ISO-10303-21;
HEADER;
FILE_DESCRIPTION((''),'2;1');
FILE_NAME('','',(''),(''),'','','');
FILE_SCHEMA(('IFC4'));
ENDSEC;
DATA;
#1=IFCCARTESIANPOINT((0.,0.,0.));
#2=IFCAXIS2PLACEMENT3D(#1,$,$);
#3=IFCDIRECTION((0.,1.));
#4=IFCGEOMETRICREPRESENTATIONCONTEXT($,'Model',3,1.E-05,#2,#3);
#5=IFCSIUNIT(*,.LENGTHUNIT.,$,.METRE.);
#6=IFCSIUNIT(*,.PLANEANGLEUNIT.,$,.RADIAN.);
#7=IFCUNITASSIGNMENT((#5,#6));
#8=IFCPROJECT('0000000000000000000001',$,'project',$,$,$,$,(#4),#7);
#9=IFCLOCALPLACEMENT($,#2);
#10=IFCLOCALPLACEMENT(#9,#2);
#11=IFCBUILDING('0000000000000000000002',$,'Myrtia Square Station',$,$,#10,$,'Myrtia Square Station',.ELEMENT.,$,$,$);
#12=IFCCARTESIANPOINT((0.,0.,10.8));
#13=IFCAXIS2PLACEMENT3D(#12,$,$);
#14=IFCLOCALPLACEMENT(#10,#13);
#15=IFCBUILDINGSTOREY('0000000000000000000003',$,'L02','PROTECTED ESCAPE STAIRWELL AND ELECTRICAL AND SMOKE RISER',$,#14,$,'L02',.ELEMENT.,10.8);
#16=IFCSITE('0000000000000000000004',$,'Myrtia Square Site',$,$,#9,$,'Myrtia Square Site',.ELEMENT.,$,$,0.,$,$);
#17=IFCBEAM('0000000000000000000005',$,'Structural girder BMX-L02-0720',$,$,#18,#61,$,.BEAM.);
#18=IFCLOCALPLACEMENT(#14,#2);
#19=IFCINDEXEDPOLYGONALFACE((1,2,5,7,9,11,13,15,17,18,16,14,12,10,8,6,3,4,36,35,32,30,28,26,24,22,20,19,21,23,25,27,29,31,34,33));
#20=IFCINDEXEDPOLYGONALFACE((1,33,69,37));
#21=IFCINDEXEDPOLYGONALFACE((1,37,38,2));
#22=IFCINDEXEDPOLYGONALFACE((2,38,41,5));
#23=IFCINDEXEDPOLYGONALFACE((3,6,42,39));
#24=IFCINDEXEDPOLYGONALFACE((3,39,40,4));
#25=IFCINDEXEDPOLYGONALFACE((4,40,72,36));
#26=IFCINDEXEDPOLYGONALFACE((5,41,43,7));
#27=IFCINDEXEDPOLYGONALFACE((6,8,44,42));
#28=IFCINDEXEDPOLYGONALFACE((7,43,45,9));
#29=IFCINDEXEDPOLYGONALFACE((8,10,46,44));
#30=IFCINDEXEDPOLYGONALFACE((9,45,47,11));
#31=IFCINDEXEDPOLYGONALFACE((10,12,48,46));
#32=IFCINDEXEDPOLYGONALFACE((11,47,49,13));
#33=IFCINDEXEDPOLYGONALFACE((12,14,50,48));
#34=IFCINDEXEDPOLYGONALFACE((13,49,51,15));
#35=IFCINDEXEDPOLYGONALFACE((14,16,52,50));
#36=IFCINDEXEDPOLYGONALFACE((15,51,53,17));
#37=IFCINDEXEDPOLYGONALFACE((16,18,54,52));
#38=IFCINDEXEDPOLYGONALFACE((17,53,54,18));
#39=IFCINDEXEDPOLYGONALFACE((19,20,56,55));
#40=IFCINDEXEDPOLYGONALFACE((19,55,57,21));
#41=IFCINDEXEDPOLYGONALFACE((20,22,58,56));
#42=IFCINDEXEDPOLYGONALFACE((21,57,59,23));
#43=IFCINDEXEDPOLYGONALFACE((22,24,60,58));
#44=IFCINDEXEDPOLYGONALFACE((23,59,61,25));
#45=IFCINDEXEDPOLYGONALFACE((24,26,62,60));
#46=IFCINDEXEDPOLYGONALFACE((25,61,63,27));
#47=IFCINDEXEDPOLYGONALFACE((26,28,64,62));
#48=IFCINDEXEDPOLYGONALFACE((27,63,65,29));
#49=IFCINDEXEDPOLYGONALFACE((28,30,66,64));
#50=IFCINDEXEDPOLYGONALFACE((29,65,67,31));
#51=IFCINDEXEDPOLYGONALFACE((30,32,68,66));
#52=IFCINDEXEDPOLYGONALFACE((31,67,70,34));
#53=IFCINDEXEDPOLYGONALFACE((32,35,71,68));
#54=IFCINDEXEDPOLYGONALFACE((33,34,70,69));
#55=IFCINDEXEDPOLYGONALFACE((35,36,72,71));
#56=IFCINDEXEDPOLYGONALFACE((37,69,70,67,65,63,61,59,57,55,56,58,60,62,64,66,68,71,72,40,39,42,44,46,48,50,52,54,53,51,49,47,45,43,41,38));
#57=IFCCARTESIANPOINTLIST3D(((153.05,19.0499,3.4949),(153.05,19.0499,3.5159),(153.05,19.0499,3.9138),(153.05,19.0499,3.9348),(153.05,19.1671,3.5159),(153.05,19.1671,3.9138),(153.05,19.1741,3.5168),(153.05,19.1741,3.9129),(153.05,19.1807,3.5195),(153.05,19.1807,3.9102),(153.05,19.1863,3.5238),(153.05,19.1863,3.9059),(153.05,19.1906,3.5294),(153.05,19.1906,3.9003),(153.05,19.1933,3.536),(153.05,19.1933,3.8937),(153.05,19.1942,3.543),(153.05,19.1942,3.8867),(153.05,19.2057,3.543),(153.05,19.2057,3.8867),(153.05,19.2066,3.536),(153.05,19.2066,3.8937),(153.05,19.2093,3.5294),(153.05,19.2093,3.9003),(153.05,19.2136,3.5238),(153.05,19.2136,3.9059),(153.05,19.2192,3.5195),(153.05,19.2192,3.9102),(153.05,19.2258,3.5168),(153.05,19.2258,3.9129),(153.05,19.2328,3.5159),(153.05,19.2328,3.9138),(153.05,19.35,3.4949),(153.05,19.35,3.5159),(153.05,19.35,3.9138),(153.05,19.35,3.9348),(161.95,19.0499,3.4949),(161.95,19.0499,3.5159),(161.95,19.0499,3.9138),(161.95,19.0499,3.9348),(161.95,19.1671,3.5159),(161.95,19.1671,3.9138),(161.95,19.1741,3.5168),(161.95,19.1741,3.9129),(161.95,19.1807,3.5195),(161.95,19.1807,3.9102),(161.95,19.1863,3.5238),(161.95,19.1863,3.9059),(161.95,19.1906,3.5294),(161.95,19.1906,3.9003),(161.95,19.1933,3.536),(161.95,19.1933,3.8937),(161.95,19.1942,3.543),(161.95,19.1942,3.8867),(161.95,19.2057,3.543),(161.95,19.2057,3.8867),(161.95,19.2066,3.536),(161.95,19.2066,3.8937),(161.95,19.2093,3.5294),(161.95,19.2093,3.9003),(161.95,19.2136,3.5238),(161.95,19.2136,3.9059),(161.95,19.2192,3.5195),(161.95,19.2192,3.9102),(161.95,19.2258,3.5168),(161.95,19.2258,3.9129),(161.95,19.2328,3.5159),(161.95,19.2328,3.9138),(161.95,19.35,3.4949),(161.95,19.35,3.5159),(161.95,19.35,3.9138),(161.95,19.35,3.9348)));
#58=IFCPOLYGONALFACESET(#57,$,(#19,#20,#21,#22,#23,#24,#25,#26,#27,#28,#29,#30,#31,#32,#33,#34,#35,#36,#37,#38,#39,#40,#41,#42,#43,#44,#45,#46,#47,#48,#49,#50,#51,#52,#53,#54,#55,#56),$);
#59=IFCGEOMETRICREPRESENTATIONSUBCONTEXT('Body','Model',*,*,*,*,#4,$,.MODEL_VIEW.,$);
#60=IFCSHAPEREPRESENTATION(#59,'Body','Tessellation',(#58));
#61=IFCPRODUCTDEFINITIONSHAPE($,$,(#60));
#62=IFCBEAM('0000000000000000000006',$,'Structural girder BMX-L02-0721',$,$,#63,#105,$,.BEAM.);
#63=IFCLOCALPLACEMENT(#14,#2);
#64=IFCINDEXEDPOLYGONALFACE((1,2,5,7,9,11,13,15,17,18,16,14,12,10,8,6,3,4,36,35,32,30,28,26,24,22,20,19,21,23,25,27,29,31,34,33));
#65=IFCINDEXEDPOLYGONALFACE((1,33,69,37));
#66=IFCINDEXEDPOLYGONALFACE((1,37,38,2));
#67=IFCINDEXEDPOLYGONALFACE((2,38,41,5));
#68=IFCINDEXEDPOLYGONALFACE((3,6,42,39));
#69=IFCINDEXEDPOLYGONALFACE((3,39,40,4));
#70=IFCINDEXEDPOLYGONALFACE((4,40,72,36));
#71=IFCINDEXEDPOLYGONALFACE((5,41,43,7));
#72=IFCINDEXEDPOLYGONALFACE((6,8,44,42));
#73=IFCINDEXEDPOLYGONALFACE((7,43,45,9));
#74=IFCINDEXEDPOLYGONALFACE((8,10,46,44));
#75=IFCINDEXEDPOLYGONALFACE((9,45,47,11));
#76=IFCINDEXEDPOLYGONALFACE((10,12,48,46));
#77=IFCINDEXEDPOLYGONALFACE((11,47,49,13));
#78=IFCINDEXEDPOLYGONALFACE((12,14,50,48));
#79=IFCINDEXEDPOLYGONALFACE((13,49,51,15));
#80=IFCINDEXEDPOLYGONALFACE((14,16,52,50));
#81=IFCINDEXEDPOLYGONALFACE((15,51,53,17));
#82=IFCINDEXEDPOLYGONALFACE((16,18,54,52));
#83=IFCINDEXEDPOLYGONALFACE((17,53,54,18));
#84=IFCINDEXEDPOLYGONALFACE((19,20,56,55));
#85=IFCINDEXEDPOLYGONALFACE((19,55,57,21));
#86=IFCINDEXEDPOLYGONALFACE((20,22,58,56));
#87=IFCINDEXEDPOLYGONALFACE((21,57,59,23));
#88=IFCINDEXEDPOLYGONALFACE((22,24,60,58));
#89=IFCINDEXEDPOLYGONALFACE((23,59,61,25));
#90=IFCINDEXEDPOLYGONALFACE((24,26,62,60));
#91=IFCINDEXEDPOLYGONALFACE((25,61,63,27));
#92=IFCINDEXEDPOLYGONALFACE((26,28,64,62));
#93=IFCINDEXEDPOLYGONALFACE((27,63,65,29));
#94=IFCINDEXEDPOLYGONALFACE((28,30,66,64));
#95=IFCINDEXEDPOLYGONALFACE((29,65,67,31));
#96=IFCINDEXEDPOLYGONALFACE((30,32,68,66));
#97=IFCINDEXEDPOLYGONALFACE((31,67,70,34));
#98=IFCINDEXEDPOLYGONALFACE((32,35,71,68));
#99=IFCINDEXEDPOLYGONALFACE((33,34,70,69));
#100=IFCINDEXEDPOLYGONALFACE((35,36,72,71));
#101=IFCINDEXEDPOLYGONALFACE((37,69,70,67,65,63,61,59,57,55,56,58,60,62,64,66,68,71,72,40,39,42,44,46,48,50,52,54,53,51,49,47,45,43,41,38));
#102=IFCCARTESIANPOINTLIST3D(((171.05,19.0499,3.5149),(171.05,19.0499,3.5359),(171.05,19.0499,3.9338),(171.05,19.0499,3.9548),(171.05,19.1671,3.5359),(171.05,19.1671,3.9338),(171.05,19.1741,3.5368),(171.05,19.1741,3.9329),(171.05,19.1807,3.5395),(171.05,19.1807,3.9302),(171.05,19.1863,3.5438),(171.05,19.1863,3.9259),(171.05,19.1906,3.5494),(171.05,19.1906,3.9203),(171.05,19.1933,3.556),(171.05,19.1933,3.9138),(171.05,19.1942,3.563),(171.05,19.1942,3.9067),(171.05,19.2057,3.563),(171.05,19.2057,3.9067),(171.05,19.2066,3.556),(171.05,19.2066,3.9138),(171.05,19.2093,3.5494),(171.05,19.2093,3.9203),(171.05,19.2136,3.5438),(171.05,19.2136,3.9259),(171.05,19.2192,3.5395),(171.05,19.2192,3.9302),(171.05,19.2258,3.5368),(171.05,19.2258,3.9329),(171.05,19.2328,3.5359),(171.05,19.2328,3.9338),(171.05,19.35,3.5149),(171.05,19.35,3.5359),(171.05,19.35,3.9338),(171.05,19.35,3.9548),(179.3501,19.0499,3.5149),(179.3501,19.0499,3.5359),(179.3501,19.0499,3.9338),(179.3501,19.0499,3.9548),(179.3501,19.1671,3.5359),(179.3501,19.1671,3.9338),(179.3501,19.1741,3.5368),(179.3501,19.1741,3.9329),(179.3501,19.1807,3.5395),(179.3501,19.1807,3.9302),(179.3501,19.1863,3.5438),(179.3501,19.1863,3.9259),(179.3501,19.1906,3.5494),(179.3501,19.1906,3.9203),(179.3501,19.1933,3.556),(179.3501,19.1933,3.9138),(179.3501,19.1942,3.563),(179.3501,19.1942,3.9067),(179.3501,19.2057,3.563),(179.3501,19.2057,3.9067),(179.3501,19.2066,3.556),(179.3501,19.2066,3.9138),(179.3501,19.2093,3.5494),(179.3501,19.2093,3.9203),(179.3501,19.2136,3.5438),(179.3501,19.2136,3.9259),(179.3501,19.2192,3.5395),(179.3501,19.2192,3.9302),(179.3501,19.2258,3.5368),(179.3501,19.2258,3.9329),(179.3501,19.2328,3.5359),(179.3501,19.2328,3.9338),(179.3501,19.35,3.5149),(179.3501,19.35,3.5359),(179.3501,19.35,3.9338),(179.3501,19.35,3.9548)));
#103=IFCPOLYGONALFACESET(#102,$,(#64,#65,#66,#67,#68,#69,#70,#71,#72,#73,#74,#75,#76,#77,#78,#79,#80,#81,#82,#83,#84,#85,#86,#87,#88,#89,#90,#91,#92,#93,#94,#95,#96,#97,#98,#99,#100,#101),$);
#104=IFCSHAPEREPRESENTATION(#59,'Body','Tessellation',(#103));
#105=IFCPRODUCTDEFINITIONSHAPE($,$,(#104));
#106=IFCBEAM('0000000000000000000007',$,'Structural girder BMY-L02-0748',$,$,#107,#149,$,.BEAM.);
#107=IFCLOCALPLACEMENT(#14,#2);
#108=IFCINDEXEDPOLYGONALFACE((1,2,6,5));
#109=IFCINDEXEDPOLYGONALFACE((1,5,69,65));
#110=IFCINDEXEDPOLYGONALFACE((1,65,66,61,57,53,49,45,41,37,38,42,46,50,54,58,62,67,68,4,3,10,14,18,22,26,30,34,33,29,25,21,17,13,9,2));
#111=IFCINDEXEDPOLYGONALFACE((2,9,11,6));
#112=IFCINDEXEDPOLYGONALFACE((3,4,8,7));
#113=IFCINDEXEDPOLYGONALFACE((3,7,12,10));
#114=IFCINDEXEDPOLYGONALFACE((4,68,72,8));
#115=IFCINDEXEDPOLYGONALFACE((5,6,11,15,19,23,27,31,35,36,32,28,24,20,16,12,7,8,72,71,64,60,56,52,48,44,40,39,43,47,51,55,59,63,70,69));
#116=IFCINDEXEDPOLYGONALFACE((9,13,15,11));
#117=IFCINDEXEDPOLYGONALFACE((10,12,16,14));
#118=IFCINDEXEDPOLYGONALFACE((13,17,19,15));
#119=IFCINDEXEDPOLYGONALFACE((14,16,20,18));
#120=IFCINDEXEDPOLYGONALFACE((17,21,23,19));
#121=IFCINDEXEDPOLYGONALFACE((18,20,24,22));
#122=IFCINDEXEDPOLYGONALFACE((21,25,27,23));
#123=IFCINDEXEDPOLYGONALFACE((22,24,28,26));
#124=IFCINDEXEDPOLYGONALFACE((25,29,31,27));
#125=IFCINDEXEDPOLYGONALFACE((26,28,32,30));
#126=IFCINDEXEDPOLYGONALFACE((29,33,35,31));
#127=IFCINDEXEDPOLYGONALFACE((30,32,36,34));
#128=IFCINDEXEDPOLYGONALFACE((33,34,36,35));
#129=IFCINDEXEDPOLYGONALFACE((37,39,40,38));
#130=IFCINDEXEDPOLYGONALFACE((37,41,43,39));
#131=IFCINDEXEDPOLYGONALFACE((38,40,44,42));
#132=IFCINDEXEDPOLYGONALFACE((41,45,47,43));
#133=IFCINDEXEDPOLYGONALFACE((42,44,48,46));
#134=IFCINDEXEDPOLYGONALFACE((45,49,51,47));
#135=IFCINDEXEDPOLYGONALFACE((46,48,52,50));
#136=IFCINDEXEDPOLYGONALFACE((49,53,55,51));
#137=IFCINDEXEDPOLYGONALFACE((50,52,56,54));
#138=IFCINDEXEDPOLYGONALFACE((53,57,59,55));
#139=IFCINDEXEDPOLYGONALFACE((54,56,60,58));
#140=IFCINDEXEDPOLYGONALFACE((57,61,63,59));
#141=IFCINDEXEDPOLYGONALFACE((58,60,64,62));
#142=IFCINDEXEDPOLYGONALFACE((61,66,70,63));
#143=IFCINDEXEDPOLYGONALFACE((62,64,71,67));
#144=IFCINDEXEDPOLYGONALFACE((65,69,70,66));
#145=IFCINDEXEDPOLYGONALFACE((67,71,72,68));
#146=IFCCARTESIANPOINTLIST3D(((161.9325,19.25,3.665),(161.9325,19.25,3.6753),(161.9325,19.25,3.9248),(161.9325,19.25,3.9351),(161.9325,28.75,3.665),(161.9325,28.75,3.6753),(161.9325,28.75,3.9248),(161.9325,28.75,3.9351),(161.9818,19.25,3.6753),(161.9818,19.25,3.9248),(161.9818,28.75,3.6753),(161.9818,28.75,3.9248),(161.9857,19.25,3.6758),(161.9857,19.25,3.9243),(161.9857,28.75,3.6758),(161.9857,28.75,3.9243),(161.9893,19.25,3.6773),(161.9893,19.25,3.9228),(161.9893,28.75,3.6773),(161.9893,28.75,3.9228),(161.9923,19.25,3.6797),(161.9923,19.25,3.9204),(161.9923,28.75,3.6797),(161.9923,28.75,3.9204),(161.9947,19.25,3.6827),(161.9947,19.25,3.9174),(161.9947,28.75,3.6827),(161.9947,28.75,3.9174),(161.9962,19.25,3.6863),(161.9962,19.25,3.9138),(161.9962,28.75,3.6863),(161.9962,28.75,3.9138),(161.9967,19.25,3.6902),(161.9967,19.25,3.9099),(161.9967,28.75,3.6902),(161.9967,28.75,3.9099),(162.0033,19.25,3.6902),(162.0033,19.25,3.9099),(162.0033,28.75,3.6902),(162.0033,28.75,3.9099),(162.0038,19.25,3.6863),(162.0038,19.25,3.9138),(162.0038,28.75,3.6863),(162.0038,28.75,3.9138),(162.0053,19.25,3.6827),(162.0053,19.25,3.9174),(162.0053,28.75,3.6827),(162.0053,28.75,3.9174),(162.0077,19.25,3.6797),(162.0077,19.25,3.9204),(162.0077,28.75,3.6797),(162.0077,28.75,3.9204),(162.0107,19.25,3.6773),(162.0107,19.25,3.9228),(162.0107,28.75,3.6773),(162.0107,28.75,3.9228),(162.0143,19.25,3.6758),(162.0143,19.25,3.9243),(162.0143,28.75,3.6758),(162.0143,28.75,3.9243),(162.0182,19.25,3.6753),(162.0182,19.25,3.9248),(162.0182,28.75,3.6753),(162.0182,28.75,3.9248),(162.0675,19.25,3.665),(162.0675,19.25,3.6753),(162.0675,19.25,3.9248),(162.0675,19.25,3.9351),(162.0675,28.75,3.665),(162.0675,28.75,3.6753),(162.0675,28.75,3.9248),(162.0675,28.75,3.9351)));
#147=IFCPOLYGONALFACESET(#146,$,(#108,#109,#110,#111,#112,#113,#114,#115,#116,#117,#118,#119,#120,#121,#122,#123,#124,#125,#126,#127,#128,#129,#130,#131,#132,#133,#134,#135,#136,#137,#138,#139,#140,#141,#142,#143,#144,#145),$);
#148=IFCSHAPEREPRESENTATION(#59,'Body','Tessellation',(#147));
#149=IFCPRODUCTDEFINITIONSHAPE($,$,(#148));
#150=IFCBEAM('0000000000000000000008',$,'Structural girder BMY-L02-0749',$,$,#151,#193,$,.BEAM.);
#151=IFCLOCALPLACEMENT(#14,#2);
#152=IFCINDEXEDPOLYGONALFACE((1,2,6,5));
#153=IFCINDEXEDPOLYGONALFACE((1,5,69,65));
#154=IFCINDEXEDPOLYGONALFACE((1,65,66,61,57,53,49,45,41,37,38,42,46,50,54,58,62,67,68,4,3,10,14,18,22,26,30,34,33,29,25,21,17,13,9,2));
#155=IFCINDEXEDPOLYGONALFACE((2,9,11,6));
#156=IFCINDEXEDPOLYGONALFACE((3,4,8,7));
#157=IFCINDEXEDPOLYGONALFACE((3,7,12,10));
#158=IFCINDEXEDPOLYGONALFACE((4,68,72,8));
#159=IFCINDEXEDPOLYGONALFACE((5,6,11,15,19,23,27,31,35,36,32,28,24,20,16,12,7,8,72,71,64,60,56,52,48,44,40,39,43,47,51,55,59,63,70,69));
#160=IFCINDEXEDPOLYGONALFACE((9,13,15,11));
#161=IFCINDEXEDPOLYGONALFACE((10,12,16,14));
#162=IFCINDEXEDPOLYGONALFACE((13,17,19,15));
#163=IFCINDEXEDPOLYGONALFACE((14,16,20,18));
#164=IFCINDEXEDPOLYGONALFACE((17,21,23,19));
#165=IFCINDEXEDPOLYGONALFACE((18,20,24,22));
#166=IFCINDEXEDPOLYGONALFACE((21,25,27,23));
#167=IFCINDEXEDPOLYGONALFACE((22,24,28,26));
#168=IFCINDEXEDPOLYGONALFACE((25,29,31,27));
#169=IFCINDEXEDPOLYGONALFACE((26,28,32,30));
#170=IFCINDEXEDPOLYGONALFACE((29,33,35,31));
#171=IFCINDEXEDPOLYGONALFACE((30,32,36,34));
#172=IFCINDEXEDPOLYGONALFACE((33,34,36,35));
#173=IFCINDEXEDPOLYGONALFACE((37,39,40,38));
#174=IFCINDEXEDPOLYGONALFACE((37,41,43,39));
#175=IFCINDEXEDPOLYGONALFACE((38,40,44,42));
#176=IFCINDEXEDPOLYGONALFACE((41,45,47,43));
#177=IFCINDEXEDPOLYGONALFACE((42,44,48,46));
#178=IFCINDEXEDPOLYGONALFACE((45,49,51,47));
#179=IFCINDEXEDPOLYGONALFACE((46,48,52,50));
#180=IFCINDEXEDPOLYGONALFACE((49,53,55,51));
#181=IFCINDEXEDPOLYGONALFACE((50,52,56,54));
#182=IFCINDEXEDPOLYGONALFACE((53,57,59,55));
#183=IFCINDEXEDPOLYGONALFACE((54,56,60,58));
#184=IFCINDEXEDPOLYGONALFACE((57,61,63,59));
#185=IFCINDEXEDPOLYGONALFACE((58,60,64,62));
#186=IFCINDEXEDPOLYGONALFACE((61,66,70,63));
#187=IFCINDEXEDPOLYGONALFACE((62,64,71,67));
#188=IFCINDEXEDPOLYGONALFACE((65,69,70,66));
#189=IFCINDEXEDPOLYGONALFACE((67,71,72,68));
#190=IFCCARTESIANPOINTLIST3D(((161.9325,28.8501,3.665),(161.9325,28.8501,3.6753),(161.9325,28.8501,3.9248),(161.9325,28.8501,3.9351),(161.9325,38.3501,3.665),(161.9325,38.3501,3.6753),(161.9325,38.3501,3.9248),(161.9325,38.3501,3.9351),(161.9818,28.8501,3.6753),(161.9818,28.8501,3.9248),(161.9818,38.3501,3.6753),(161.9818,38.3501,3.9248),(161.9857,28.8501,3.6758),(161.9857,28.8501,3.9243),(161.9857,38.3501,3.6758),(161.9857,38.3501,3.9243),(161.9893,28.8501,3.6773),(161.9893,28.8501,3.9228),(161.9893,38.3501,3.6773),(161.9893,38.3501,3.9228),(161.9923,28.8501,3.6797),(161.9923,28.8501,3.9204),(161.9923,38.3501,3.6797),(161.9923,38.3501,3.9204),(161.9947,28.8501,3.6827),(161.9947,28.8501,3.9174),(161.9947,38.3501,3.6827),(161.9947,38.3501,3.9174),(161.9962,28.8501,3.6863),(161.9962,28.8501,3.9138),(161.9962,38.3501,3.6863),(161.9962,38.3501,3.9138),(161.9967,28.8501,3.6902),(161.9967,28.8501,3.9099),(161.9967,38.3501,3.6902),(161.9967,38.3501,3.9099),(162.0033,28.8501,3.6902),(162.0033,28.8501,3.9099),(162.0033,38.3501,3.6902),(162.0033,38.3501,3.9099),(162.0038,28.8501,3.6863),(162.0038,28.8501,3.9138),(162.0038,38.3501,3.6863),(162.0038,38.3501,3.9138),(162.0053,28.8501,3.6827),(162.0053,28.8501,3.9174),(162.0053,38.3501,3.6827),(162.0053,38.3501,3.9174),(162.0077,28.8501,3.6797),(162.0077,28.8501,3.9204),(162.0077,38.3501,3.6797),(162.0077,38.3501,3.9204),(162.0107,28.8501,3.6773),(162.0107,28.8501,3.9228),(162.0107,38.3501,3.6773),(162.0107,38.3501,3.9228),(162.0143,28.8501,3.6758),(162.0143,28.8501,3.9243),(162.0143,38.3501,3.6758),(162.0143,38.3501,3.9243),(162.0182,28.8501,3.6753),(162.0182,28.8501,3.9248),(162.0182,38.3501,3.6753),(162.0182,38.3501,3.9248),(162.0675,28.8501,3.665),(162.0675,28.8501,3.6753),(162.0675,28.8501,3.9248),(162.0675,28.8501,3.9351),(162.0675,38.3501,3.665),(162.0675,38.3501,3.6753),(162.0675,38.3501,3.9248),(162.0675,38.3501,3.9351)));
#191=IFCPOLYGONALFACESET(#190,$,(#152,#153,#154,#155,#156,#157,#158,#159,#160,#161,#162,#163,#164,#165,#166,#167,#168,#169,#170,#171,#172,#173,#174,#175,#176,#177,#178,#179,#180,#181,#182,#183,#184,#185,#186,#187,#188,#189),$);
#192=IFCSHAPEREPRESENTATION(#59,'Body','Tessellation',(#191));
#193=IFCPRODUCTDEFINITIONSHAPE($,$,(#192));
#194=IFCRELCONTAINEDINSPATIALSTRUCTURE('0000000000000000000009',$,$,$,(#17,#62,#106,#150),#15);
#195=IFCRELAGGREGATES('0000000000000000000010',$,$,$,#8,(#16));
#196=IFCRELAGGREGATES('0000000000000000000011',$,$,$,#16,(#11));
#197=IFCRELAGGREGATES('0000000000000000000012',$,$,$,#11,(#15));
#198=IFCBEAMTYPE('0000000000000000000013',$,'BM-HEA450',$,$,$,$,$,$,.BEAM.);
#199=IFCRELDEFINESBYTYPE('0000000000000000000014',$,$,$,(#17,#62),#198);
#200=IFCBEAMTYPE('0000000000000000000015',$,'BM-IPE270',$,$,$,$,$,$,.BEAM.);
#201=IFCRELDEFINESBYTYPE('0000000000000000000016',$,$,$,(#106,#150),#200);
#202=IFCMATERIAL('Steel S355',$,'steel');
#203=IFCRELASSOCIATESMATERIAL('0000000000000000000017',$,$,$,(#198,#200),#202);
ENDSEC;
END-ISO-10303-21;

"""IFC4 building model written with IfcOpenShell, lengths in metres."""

from ifc_helpers import new_model, si_unit, direction, frame, origin, origin_2d, place, context, subcontext, project, spatial, i_section, extrude, material, material_profile, profile_set, type_object, element, save


model = new_model("IFC4")

# Units and contexts
model_context = context("Model", 3, precision=1e-05, world=origin(), true_north=direction((0.0, 1.0)))
body_context = subcontext(model_context, "Body", "Model", "MODEL_VIEW")
ifc_project = project(units=[si_unit("LENGTHUNIT", "METRE"), si_unit("PLANEANGLEUNIT", "RADIAN")], contexts=[model_context])

# Site, building, storey
site_placement = place(None, origin())
site = spatial("IfcSite", under=ifc_project, at=site_placement, Name="Myrtia Square Site", LongName="Myrtia Square Site", CompositionType="ELEMENT", RefElevation=0.0)
building_placement = place(site_placement, origin())
building = spatial("IfcBuilding", under=site, at=building_placement, Name="Myrtia Square Station", LongName="Myrtia Square Station", CompositionType="ELEMENT")
storey_placement = place(building_placement, frame((0.0, 0.0, 10.8)))
storey = spatial("IfcBuildingStorey", under=building, at=storey_placement, Name="L02", Description="PROTECTED ESCAPE STAIRWELL AND ELECTRICAL AND SMOKE RISER", LongName="L02", CompositionType="ELEMENT", Elevation=10.8)

# Shared definitions
ifc_material_1 = material(Name="Steel S355", Category="steel")

# Beams
ifc_material_profile_1 = material_profile(ifc_material_1, i_section(OverallWidth=0.3, OverallDepth=0.4399, WebThickness=0.0115, FlangeThickness=0.021, FilletRadius=0.0271, at=origin_2d()), Name="HEA 450")
ifc_profile_set_1 = profile_set([ifc_material_profile_1], Name="Steel S355")
beam_type_1 = type_object("IfcBeamType", Name="BM-HEA450", PredefinedType="BEAM", material=ifc_profile_set_1)
beam_1_placement = place(storey_placement, frame((153.05, 19.2, 3.7148), z_axis=(1.0, 0.0, 0.0), x_axis=(0.0, 1.0, 0.0)))
element("IfcBeam", 1, at=beam_1_placement, inside=storey, type_object=beam_type_1, Name="Structural girder BMX-L02-0720", PredefinedType="BEAM", context=body_context, shape_type="SweptSolid", body=[
    extrude(i_section(OverallWidth=0.3, OverallDepth=0.4399, WebThickness=0.0115, FlangeThickness=0.021, FilletRadius=0.0271, at=origin_2d()), origin(), (0.0, 0.0, 1.0), 8.8999),
])
beam_2_placement = place(storey_placement, frame((171.05, 19.2, 3.7349), z_axis=(1.0, 0.0, 0.0), x_axis=(0.0, 1.0, 0.0)))
element("IfcBeam", 2, at=beam_2_placement, inside=storey, type_object=beam_type_1, Name="Structural girder BMX-L02-0721", PredefinedType="BEAM", context=body_context, shape_type="SweptSolid", body=[
    extrude(i_section(OverallWidth=0.3, OverallDepth=0.4399, WebThickness=0.0115, FlangeThickness=0.021, FilletRadius=0.0271, at=origin_2d()), origin(), (0.0, 0.0, 1.0), 8.3),
])
ifc_material_profile_2 = material_profile(ifc_material_1, i_section(OverallWidth=0.135, OverallDepth=0.27, WebThickness=0.0066, FlangeThickness=0.0103, FilletRadius=0.0149, at=origin_2d()), Name="IPE 270")
ifc_profile_set_2 = profile_set([ifc_material_profile_2], Name="Steel S355")
beam_type_2 = type_object("IfcBeamType", Name="BM-IPE270", PredefinedType="BEAM", material=ifc_profile_set_2)
for number, where, z_axis, x_axis, name in (
    (3, (162.0, 19.25, 3.8), (0.0, 1.0, 0.0), (-1.0, 0.0, 0.0), "Structural girder BMY-L02-0748"),
    (4, (162.0, 28.8501, 3.8), (0.0, 1.0, 0.0), (-1.0, 0.0, 0.0), "Structural girder BMY-L02-0749"),
):
    element("IfcBeam", number, at=place(storey_placement, frame(where, z_axis=z_axis, x_axis=x_axis)), inside=storey, type_object=beam_type_2, Name=name, PredefinedType="BEAM", context=body_context, shape_type="SweptSolid", body=[
        extrude(i_section(OverallWidth=0.135, OverallDepth=0.27, WebThickness=0.0066, FlangeThickness=0.0103, FilletRadius=0.0149, at=origin_2d()), origin(), (0.0, 0.0, 1.0), 9.5),
    ])

save(model, "model.ifc")
